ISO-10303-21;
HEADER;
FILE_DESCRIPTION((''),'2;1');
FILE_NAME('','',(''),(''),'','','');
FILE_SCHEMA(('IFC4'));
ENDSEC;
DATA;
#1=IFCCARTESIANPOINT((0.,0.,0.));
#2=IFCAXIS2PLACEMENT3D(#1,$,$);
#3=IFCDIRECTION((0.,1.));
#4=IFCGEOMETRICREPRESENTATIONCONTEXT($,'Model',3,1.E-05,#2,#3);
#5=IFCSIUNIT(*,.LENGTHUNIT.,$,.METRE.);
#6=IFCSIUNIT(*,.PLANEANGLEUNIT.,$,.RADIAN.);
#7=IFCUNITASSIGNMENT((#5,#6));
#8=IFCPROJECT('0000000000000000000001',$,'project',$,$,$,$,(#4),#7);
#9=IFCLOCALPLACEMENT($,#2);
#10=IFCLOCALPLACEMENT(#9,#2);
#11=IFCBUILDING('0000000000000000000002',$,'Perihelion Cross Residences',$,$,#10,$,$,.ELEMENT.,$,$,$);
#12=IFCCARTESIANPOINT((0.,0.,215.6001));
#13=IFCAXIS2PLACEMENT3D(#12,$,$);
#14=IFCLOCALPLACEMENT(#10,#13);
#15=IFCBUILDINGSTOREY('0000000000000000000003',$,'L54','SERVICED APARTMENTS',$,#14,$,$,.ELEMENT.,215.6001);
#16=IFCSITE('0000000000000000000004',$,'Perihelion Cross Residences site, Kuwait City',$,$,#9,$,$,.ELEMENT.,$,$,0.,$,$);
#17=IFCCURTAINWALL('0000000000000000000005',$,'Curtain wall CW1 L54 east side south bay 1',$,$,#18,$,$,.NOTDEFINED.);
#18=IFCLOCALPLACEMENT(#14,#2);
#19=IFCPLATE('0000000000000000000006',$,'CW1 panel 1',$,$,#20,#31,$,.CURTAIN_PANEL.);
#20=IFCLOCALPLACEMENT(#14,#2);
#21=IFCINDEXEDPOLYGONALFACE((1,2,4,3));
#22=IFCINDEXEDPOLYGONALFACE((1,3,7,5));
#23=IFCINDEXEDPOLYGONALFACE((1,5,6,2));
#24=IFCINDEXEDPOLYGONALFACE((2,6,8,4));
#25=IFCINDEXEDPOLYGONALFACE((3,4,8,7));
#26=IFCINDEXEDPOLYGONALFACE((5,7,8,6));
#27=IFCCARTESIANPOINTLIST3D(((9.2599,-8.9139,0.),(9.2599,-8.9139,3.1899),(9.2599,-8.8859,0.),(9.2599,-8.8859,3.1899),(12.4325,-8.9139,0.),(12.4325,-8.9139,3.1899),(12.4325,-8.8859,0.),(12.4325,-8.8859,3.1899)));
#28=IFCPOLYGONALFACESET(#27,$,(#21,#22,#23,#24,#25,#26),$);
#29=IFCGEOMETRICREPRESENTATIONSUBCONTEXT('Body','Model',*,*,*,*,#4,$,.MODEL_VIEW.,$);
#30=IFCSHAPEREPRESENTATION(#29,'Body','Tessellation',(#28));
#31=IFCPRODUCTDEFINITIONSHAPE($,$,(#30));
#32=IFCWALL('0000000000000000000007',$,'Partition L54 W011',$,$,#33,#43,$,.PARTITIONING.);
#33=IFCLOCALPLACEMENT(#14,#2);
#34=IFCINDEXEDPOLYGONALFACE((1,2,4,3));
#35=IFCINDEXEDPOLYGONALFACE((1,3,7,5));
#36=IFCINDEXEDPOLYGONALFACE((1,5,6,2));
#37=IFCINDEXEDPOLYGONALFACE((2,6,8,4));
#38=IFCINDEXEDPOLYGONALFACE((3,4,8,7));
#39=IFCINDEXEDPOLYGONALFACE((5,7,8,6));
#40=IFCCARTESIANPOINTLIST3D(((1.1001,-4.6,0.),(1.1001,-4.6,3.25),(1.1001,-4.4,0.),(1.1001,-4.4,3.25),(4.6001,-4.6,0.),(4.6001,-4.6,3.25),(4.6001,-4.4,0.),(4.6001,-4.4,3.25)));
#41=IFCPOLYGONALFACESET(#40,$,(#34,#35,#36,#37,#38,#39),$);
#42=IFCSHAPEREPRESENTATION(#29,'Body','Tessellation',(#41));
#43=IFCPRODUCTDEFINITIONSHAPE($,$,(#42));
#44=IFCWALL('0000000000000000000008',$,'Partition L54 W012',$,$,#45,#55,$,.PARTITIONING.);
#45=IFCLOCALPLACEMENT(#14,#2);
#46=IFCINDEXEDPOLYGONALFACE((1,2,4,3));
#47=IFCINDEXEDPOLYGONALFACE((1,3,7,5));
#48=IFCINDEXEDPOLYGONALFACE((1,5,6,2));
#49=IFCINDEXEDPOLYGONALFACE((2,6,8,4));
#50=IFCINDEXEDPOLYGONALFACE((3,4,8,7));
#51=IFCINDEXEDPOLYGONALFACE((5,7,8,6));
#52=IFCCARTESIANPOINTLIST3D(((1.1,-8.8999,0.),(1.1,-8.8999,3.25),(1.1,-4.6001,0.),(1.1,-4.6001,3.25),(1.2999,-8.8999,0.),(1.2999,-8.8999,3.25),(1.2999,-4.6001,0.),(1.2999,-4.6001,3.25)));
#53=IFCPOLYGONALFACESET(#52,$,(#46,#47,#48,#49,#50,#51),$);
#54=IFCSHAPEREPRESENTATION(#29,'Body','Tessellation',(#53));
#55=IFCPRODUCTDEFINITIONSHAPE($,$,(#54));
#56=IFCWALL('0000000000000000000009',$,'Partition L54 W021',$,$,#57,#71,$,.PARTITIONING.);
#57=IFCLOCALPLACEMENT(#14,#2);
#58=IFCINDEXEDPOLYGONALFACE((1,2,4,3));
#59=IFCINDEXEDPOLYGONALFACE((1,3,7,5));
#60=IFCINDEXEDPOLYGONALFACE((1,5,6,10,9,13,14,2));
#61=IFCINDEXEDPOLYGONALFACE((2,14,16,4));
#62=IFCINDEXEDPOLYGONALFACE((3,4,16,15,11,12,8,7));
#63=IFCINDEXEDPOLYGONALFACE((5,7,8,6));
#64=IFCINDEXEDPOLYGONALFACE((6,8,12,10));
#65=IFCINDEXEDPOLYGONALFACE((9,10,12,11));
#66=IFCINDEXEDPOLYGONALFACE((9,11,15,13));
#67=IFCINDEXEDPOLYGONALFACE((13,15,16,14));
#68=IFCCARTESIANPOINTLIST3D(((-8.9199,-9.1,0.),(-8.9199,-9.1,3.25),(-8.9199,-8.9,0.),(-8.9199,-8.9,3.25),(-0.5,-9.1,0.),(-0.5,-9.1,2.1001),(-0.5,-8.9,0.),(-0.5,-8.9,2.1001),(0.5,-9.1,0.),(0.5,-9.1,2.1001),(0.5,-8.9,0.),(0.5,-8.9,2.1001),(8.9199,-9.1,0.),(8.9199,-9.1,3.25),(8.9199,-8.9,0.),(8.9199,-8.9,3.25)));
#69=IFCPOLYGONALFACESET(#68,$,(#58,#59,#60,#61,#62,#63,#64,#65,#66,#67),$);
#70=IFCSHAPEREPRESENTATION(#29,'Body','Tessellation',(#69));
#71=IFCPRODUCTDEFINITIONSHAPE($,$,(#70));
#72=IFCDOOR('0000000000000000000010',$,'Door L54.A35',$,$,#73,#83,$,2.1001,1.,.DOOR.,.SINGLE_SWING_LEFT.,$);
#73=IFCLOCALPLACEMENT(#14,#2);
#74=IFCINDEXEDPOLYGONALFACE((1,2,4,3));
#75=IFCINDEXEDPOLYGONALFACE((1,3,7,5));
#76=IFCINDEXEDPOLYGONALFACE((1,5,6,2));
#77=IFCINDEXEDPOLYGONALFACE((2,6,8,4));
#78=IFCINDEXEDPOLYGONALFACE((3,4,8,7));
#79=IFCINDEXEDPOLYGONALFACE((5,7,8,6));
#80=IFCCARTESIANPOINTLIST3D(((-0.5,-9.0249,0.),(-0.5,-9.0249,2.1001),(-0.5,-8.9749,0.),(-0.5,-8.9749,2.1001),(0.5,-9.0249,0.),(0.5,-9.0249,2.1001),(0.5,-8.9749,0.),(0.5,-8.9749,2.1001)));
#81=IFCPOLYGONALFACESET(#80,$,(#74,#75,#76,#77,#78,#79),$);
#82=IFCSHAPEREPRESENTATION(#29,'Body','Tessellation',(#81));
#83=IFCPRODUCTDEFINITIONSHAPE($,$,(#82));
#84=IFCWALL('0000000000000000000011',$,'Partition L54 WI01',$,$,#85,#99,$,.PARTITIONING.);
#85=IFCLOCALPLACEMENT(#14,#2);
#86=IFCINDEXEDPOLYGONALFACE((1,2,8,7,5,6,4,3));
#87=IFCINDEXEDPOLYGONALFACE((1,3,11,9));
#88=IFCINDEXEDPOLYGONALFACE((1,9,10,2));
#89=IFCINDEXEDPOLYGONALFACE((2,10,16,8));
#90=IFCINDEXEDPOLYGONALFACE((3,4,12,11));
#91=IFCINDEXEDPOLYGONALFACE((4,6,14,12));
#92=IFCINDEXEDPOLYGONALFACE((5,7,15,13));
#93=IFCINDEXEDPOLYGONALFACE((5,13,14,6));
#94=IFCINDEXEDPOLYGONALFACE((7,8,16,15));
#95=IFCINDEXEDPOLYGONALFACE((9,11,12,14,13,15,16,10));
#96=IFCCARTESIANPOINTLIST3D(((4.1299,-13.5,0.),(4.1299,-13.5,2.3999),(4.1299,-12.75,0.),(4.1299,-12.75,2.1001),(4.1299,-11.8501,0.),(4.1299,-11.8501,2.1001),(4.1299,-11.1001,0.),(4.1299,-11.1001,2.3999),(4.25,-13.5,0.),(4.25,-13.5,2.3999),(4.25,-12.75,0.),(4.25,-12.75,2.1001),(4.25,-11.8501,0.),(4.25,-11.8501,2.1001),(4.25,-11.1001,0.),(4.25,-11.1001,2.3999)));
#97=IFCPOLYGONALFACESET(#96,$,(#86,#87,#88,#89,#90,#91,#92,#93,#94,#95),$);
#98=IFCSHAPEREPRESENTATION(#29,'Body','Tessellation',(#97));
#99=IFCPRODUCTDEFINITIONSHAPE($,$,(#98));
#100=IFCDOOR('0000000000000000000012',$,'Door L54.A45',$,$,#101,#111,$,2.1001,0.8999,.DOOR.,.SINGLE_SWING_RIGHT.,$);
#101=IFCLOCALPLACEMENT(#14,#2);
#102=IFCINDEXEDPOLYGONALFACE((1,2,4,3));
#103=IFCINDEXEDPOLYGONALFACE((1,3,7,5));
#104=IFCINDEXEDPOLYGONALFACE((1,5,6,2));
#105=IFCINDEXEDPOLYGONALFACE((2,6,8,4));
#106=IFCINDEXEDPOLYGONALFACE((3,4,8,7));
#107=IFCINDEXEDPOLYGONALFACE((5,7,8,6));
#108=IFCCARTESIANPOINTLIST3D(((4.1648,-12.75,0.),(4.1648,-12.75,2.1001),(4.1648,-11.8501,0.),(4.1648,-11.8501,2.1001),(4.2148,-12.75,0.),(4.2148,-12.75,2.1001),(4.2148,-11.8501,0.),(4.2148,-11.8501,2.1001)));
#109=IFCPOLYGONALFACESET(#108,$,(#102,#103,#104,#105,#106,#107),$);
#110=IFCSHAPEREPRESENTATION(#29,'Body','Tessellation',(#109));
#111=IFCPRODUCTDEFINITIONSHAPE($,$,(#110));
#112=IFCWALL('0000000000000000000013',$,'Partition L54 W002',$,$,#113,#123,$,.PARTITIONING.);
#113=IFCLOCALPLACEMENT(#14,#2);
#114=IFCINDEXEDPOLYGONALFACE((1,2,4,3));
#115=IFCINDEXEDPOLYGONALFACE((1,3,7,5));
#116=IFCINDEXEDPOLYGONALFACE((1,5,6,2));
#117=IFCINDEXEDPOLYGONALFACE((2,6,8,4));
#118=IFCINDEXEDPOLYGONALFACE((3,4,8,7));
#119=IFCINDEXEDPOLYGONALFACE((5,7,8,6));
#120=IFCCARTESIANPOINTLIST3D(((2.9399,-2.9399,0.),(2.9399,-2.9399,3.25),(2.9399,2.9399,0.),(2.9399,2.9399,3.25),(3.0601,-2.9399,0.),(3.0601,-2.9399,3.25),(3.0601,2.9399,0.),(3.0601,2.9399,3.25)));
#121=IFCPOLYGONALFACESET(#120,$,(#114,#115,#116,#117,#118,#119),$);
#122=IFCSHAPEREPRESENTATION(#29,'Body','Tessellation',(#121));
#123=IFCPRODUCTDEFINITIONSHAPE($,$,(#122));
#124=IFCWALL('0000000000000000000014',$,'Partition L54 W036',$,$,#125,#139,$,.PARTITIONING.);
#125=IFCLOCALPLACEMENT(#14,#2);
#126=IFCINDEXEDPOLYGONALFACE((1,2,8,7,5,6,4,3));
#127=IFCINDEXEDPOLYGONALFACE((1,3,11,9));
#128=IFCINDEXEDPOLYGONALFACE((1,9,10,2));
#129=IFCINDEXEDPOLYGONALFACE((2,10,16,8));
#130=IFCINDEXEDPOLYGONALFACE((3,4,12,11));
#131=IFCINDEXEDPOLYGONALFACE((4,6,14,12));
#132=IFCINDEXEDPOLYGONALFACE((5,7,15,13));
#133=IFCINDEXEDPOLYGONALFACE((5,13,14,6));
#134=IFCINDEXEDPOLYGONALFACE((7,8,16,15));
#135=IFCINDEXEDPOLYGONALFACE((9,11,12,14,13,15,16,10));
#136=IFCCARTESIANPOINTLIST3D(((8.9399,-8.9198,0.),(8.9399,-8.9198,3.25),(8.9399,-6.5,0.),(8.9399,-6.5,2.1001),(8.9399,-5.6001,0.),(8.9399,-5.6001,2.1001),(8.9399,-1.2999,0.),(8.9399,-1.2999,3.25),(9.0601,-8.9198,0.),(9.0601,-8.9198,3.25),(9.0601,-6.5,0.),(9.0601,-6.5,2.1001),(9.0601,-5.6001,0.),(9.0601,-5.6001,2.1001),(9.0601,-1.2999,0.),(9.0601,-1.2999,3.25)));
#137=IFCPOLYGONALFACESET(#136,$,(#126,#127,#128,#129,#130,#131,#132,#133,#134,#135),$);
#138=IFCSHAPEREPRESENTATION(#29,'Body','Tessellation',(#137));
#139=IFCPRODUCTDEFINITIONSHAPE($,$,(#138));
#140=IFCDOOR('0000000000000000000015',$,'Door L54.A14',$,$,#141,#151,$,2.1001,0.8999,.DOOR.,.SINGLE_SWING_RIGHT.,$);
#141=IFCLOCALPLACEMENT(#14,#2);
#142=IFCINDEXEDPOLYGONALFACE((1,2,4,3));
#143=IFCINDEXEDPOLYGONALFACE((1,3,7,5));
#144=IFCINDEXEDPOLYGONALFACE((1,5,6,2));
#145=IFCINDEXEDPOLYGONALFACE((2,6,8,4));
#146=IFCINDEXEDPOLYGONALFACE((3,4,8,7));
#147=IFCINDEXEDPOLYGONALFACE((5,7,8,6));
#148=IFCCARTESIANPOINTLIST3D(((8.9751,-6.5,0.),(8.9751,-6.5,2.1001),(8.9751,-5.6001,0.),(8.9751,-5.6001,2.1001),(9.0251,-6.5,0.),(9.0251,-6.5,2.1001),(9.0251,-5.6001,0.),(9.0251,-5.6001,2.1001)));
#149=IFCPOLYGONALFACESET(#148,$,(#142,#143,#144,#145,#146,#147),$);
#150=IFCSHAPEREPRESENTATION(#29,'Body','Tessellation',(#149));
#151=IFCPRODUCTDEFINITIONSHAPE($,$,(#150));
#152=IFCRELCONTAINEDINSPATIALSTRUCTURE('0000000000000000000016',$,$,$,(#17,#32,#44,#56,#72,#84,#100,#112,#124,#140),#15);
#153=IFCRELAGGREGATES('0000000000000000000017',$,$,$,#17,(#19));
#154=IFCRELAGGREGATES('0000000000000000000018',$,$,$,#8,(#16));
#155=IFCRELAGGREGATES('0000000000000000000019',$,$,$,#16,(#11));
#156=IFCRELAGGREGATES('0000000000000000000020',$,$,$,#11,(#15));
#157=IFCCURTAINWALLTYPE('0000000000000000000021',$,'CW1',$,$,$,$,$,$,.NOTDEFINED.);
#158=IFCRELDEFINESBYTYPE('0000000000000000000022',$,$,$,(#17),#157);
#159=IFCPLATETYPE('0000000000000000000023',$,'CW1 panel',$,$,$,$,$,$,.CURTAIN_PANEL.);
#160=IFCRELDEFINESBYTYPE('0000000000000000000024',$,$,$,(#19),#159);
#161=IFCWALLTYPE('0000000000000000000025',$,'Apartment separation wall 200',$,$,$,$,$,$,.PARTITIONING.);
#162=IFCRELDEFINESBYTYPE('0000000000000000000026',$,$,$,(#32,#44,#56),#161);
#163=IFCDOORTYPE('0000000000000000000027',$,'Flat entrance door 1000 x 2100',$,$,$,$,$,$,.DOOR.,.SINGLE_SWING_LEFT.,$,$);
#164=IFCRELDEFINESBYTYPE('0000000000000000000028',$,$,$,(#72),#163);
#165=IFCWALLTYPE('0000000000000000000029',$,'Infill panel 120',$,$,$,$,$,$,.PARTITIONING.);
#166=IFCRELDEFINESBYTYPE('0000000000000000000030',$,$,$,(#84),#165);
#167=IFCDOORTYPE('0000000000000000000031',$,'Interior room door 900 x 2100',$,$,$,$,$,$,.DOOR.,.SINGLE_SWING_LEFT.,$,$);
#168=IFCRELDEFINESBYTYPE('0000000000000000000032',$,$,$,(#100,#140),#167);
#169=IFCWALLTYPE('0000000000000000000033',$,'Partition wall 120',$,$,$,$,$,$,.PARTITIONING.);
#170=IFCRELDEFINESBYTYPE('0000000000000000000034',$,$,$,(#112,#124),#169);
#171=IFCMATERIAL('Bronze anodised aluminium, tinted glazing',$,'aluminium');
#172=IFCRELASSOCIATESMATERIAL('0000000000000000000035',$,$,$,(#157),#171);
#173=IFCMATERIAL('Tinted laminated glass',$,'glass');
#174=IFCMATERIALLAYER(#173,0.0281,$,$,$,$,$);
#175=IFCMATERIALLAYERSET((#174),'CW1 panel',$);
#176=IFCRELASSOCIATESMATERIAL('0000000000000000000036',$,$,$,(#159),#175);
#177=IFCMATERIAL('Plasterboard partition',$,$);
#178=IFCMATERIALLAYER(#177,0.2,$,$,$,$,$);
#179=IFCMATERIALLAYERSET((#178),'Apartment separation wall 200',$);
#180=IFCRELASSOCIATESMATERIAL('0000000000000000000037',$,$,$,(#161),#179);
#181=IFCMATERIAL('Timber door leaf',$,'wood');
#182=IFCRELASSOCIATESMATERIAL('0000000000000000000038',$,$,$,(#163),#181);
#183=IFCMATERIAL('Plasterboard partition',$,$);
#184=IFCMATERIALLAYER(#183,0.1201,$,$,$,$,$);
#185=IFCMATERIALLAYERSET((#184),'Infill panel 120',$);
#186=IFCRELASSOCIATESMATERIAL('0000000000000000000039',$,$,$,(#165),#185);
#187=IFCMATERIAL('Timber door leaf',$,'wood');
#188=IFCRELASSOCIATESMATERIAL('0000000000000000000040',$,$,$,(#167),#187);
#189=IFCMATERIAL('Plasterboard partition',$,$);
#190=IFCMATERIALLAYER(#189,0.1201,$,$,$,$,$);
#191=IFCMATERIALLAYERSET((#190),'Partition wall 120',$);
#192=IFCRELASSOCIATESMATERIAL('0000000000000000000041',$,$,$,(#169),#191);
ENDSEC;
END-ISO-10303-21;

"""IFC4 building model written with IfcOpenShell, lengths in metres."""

from ifc_helpers import new_model, si_unit, direction, frame, frame_2d, origin, origin_2d, place, context, subcontext, project, spatial, rectangle, extrude, material, layer, layer_set, type_object, element, fill, aggregate, save


model = new_model("IFC4")

# Units and contexts
model_context = context("Model", 3, precision=1e-05, world=origin(), true_north=direction((0.0, 1.0)))
body_context = subcontext(model_context, "Body", "Model", "MODEL_VIEW")
ifc_project = project(units=[si_unit("LENGTHUNIT", "METRE"), si_unit("PLANEANGLEUNIT", "RADIAN")], contexts=[model_context])

# Site, building, storey
site_placement = place(None, origin())
site = spatial("IfcSite", under=ifc_project, at=site_placement, Name="Perihelion Cross Residences site, Kuwait City", CompositionType="ELEMENT", RefElevation=0.0)
building_placement = place(site_placement, origin())
building = spatial("IfcBuilding", under=site, at=building_placement, Name="Perihelion Cross Residences", CompositionType="ELEMENT")
storey_placement = place(building_placement, frame((0.0, 0.0, 215.6001)))
storey = spatial("IfcBuildingStorey", under=building, at=storey_placement, Name="L54", Description="SERVICED APARTMENTS", CompositionType="ELEMENT", Elevation=215.6001)

# Curtain wall
ifc_material_1 = material(Name="Bronze anodised aluminium, tinted glazing", Category="aluminium")
curtain_wall_type = type_object("IfcCurtainWallType", Name="CW1", PredefinedType="NOTDEFINED", material=ifc_material_1)
curtain_wall_1_placement = place(storey_placement, origin())
curtain_wall_1 = element("IfcCurtainWall", 1, at=curtain_wall_1_placement, inside=storey, type_object=curtain_wall_type, Name="Curtain wall CW1 L54 east side south bay 1", PredefinedType="NOTDEFINED")

# Plate
ifc_material_2 = material(Name="Tinted laminated glass", Category="glass")
ifc_layer_1 = layer(ifc_material_2, 0.0281)
ifc_layer_set_1 = layer_set([ifc_layer_1], Name="CW1 panel")
plate_type = type_object("IfcPlateType", Name="CW1 panel", PredefinedType="CURTAIN_PANEL", material=ifc_layer_set_1)
plate_1_placement = place(storey_placement, frame((10.8462, -8.8999, 0.0), z_axis=(0.0, 0.0, 1.0), x_axis=(1.0, 0.0, 0.0)))
plate_1 = element("IfcPlate", 2, at=plate_1_placement, type_object=plate_type, Name="CW1 panel 1", PredefinedType="CURTAIN_PANEL", context=body_context, shape_type="SweptSolid", body=[
    extrude(rectangle(XDim=3.1726, YDim=0.0281, at=origin_2d()), origin(), (0.0, 0.0, 1.0), 3.1899),
])
aggregate(curtain_wall_1, [plate_1])

# Walls
ifc_material_3 = material(Name="Plasterboard partition")
ifc_layer_2 = layer(ifc_material_3, 0.2)
ifc_layer_set_2 = layer_set([ifc_layer_2], Name="Apartment separation wall 200")
wall_type_1 = type_object("IfcWallType", Name="Apartment separation wall 200", PredefinedType="PARTITIONING", material=ifc_layer_set_2)
wall_1_placement = place(storey_placement, frame((4.6001, -4.5, 0.0), z_axis=(0.0, 0.0, 1.0), x_axis=(-1.0, 0.0, 0.0)))
element("IfcWall", 3, at=wall_1_placement, inside=storey, type_object=wall_type_1, Name="Partition L54 W011", PredefinedType="PARTITIONING", context=body_context, shape_type="SweptSolid", body=[
    extrude(rectangle(XDim=3.5, YDim=0.2, at=frame_2d((1.75, 0.0))), origin(), (0.0, 0.0, 1.0), 3.25),
])
wall_2_placement = place(storey_placement, frame((1.2, -4.6001, 0.0), z_axis=(0.0, 0.0, 1.0), x_axis=(0.0, -1.0, 0.0)))
element("IfcWall", 4, at=wall_2_placement, inside=storey, type_object=wall_type_1, Name="Partition L54 W012", PredefinedType="PARTITIONING", context=body_context, shape_type="SweptSolid", body=[
    extrude(rectangle(XDim=4.2998, YDim=0.2, at=frame_2d((2.1499, 0.0))), origin(), (0.0, 0.0, 1.0), 3.25),
])

# Walls, openings, doors
wall_3_placement = place(storey_placement, frame((8.9199, -9.0, 0.0), z_axis=(0.0, 0.0, 1.0), x_axis=(-1.0, 0.0, 0.0)))
wall_3 = element("IfcWall", 5, at=wall_3_placement, inside=storey, type_object=wall_type_1, Name="Partition L54 W021", PredefinedType="PARTITIONING", context=body_context, shape_type="SweptSolid", body=[
    extrude(rectangle(XDim=17.8398, YDim=0.2, at=frame_2d((8.9199, 0.0))), origin(), (0.0, 0.0, 1.0), 3.25),
])
opening_1_placement = place(wall_3_placement, frame((8.4199, 0.0, 0.0)))
opening_1 = element("IfcOpeningElement", 6, at=opening_1_placement, cuts=wall_3, PredefinedType="OPENING", context=body_context, shape_type="SweptSolid", body=[
    extrude(rectangle(XDim=1.0, YDim=2.1001, at=frame_2d((0.5, 1.05))), frame((0.0, 0.1099, 0.0), z_axis=(0.0, -1.0, 0.0), x_axis=(1.0, 0.0, 0.0)), (0.0, 0.0, 1.0), 0.22),
])
ifc_material_4 = material(Name="Timber door leaf", Category="wood")
door_type_1 = type_object("IfcDoorType", Name="Flat entrance door 1000 x 2100", OperationType="SINGLE_SWING_LEFT", PredefinedType="DOOR", material=ifc_material_4)
door_1_placement = place(opening_1_placement, origin())
door_1 = element("IfcDoor", 7, at=door_1_placement, inside=storey, type_object=door_type_1, Name="Door L54.A35", OperationType="SINGLE_SWING_LEFT", OverallHeight=2.1001, OverallWidth=1.0, PredefinedType="DOOR", context=body_context, shape_type="SweptSolid", body=[
    extrude(rectangle(XDim=1.0, YDim=2.1001, at=frame_2d((0.5, 1.05))), frame((0.0, 0.0249, 0.0), z_axis=(0.0, -1.0, 0.0), x_axis=(1.0, 0.0, 0.0)), (0.0, 0.0, 1.0), 0.05),
])
fill(opening_1, door_1)
ifc_material_5 = material(Name="Plasterboard partition")
ifc_layer_3 = layer(ifc_material_5, 0.1201)
ifc_layer_set_3 = layer_set([ifc_layer_3], Name="Infill panel 120")
wall_type_2 = type_object("IfcWallType", Name="Infill panel 120", PredefinedType="PARTITIONING", material=ifc_layer_set_3)
wall_4_placement = place(storey_placement, frame((4.1899, -11.1001, 0.0), z_axis=(0.0, 0.0, 1.0), x_axis=(0.0, -1.0, 0.0)))
wall_4 = element("IfcWall", 8, at=wall_4_placement, inside=storey, type_object=wall_type_2, Name="Partition L54 WI01", PredefinedType="PARTITIONING", context=body_context, shape_type="SweptSolid", body=[
    extrude(rectangle(XDim=2.3999, YDim=0.1201, at=frame_2d((1.2, 0.0))), origin(), (0.0, 0.0, 1.0), 2.3999),
])
opening_2_placement = place(wall_4_placement, frame((0.75, 0.0, 0.0)))
opening_2 = element("IfcOpeningElement", 9, at=opening_2_placement, cuts=wall_4, PredefinedType="OPENING", context=body_context, shape_type="SweptSolid", body=[
    extrude(rectangle(XDim=0.8999, YDim=2.1001, at=frame_2d((0.45, 1.05))), frame((0.0, 0.0701, 0.0), z_axis=(0.0, -1.0, 0.0), x_axis=(1.0, 0.0, 0.0)), (0.0, 0.0, 1.0), 0.1401),
])
ifc_material_6 = material(Name="Timber door leaf", Category="wood")
door_type_2 = type_object("IfcDoorType", Name="Interior room door 900 x 2100", OperationType="SINGLE_SWING_LEFT", PredefinedType="DOOR", material=ifc_material_6)
door_2_placement = place(opening_2_placement, origin())
door_2 = element("IfcDoor", 10, at=door_2_placement, inside=storey, type_object=door_type_2, Name="Door L54.A45", OperationType="SINGLE_SWING_RIGHT", OverallHeight=2.1001, OverallWidth=0.8999, PredefinedType="DOOR", context=body_context, shape_type="SweptSolid", body=[
    extrude(rectangle(XDim=0.8999, YDim=2.1001, at=frame_2d((0.45, 1.05))), frame((0.0, 0.0249, 0.0), z_axis=(0.0, -1.0, 0.0), x_axis=(1.0, 0.0, 0.0)), (0.0, 0.0, 1.0), 0.05),
])
fill(opening_2, door_2)

# Wall
ifc_material_7 = material(Name="Plasterboard partition")
ifc_layer_4 = layer(ifc_material_7, 0.1201)
ifc_layer_set_4 = layer_set([ifc_layer_4], Name="Partition wall 120")
wall_type_3 = type_object("IfcWallType", Name="Partition wall 120", PredefinedType="PARTITIONING", material=ifc_layer_set_4)
wall_5_placement = place(storey_placement, frame((3.0, -2.9399, 0.0), z_axis=(0.0, 0.0, 1.0), x_axis=(0.0, 1.0, 0.0)))
element("IfcWall", 11, at=wall_5_placement, inside=storey, type_object=wall_type_3, Name="Partition L54 W002", PredefinedType="PARTITIONING", context=body_context, shape_type="SweptSolid", body=[
    extrude(rectangle(XDim=5.8799, YDim=0.1201, at=frame_2d((2.9399, 0.0))), origin(), (0.0, 0.0, 1.0), 3.25),
])

# Wall, opening, door
wall_6_placement = place(storey_placement, frame((9.0, -8.9199, 0.0), z_axis=(0.0, 0.0, 1.0), x_axis=(0.0, 1.0, 0.0)))
wall_6 = element("IfcWall", 12, at=wall_6_placement, inside=storey, type_object=wall_type_3, Name="Partition L54 W036", PredefinedType="PARTITIONING", context=body_context, shape_type="SweptSolid", body=[
    extrude(rectangle(XDim=7.6199, YDim=0.1201, at=frame_2d((3.8101, 0.0))), origin(), (0.0, 0.0, 1.0), 3.25),
])
opening_3_placement = place(wall_6_placement, frame((2.4199, 0.0, 0.0)))
opening_3 = element("IfcOpeningElement", 13, at=opening_3_placement, cuts=wall_6, PredefinedType="OPENING", context=body_context, shape_type="SweptSolid", body=[
    extrude(rectangle(XDim=0.8999, YDim=2.1001, at=frame_2d((0.45, 1.05))), frame((0.0, 0.0701, 0.0), z_axis=(0.0, -1.0, 0.0), x_axis=(1.0, 0.0, 0.0)), (0.0, 0.0, 1.0), 0.1401),
])
door_3_placement = place(opening_3_placement, origin())
door_3 = element("IfcDoor", 14, at=door_3_placement, inside=storey, type_object=door_type_2, Name="Door L54.A14", OperationType="SINGLE_SWING_RIGHT", OverallHeight=2.1001, OverallWidth=0.8999, PredefinedType="DOOR", context=body_context, shape_type="SweptSolid", body=[
    extrude(rectangle(XDim=0.8999, YDim=2.1001, at=frame_2d((0.45, 1.05))), frame((0.0, 0.0249, 0.0), z_axis=(0.0, -1.0, 0.0), x_axis=(1.0, 0.0, 0.0)), (0.0, 0.0, 1.0), 0.05),
])
fill(opening_3, door_3)

save(model, "model.ifc")
